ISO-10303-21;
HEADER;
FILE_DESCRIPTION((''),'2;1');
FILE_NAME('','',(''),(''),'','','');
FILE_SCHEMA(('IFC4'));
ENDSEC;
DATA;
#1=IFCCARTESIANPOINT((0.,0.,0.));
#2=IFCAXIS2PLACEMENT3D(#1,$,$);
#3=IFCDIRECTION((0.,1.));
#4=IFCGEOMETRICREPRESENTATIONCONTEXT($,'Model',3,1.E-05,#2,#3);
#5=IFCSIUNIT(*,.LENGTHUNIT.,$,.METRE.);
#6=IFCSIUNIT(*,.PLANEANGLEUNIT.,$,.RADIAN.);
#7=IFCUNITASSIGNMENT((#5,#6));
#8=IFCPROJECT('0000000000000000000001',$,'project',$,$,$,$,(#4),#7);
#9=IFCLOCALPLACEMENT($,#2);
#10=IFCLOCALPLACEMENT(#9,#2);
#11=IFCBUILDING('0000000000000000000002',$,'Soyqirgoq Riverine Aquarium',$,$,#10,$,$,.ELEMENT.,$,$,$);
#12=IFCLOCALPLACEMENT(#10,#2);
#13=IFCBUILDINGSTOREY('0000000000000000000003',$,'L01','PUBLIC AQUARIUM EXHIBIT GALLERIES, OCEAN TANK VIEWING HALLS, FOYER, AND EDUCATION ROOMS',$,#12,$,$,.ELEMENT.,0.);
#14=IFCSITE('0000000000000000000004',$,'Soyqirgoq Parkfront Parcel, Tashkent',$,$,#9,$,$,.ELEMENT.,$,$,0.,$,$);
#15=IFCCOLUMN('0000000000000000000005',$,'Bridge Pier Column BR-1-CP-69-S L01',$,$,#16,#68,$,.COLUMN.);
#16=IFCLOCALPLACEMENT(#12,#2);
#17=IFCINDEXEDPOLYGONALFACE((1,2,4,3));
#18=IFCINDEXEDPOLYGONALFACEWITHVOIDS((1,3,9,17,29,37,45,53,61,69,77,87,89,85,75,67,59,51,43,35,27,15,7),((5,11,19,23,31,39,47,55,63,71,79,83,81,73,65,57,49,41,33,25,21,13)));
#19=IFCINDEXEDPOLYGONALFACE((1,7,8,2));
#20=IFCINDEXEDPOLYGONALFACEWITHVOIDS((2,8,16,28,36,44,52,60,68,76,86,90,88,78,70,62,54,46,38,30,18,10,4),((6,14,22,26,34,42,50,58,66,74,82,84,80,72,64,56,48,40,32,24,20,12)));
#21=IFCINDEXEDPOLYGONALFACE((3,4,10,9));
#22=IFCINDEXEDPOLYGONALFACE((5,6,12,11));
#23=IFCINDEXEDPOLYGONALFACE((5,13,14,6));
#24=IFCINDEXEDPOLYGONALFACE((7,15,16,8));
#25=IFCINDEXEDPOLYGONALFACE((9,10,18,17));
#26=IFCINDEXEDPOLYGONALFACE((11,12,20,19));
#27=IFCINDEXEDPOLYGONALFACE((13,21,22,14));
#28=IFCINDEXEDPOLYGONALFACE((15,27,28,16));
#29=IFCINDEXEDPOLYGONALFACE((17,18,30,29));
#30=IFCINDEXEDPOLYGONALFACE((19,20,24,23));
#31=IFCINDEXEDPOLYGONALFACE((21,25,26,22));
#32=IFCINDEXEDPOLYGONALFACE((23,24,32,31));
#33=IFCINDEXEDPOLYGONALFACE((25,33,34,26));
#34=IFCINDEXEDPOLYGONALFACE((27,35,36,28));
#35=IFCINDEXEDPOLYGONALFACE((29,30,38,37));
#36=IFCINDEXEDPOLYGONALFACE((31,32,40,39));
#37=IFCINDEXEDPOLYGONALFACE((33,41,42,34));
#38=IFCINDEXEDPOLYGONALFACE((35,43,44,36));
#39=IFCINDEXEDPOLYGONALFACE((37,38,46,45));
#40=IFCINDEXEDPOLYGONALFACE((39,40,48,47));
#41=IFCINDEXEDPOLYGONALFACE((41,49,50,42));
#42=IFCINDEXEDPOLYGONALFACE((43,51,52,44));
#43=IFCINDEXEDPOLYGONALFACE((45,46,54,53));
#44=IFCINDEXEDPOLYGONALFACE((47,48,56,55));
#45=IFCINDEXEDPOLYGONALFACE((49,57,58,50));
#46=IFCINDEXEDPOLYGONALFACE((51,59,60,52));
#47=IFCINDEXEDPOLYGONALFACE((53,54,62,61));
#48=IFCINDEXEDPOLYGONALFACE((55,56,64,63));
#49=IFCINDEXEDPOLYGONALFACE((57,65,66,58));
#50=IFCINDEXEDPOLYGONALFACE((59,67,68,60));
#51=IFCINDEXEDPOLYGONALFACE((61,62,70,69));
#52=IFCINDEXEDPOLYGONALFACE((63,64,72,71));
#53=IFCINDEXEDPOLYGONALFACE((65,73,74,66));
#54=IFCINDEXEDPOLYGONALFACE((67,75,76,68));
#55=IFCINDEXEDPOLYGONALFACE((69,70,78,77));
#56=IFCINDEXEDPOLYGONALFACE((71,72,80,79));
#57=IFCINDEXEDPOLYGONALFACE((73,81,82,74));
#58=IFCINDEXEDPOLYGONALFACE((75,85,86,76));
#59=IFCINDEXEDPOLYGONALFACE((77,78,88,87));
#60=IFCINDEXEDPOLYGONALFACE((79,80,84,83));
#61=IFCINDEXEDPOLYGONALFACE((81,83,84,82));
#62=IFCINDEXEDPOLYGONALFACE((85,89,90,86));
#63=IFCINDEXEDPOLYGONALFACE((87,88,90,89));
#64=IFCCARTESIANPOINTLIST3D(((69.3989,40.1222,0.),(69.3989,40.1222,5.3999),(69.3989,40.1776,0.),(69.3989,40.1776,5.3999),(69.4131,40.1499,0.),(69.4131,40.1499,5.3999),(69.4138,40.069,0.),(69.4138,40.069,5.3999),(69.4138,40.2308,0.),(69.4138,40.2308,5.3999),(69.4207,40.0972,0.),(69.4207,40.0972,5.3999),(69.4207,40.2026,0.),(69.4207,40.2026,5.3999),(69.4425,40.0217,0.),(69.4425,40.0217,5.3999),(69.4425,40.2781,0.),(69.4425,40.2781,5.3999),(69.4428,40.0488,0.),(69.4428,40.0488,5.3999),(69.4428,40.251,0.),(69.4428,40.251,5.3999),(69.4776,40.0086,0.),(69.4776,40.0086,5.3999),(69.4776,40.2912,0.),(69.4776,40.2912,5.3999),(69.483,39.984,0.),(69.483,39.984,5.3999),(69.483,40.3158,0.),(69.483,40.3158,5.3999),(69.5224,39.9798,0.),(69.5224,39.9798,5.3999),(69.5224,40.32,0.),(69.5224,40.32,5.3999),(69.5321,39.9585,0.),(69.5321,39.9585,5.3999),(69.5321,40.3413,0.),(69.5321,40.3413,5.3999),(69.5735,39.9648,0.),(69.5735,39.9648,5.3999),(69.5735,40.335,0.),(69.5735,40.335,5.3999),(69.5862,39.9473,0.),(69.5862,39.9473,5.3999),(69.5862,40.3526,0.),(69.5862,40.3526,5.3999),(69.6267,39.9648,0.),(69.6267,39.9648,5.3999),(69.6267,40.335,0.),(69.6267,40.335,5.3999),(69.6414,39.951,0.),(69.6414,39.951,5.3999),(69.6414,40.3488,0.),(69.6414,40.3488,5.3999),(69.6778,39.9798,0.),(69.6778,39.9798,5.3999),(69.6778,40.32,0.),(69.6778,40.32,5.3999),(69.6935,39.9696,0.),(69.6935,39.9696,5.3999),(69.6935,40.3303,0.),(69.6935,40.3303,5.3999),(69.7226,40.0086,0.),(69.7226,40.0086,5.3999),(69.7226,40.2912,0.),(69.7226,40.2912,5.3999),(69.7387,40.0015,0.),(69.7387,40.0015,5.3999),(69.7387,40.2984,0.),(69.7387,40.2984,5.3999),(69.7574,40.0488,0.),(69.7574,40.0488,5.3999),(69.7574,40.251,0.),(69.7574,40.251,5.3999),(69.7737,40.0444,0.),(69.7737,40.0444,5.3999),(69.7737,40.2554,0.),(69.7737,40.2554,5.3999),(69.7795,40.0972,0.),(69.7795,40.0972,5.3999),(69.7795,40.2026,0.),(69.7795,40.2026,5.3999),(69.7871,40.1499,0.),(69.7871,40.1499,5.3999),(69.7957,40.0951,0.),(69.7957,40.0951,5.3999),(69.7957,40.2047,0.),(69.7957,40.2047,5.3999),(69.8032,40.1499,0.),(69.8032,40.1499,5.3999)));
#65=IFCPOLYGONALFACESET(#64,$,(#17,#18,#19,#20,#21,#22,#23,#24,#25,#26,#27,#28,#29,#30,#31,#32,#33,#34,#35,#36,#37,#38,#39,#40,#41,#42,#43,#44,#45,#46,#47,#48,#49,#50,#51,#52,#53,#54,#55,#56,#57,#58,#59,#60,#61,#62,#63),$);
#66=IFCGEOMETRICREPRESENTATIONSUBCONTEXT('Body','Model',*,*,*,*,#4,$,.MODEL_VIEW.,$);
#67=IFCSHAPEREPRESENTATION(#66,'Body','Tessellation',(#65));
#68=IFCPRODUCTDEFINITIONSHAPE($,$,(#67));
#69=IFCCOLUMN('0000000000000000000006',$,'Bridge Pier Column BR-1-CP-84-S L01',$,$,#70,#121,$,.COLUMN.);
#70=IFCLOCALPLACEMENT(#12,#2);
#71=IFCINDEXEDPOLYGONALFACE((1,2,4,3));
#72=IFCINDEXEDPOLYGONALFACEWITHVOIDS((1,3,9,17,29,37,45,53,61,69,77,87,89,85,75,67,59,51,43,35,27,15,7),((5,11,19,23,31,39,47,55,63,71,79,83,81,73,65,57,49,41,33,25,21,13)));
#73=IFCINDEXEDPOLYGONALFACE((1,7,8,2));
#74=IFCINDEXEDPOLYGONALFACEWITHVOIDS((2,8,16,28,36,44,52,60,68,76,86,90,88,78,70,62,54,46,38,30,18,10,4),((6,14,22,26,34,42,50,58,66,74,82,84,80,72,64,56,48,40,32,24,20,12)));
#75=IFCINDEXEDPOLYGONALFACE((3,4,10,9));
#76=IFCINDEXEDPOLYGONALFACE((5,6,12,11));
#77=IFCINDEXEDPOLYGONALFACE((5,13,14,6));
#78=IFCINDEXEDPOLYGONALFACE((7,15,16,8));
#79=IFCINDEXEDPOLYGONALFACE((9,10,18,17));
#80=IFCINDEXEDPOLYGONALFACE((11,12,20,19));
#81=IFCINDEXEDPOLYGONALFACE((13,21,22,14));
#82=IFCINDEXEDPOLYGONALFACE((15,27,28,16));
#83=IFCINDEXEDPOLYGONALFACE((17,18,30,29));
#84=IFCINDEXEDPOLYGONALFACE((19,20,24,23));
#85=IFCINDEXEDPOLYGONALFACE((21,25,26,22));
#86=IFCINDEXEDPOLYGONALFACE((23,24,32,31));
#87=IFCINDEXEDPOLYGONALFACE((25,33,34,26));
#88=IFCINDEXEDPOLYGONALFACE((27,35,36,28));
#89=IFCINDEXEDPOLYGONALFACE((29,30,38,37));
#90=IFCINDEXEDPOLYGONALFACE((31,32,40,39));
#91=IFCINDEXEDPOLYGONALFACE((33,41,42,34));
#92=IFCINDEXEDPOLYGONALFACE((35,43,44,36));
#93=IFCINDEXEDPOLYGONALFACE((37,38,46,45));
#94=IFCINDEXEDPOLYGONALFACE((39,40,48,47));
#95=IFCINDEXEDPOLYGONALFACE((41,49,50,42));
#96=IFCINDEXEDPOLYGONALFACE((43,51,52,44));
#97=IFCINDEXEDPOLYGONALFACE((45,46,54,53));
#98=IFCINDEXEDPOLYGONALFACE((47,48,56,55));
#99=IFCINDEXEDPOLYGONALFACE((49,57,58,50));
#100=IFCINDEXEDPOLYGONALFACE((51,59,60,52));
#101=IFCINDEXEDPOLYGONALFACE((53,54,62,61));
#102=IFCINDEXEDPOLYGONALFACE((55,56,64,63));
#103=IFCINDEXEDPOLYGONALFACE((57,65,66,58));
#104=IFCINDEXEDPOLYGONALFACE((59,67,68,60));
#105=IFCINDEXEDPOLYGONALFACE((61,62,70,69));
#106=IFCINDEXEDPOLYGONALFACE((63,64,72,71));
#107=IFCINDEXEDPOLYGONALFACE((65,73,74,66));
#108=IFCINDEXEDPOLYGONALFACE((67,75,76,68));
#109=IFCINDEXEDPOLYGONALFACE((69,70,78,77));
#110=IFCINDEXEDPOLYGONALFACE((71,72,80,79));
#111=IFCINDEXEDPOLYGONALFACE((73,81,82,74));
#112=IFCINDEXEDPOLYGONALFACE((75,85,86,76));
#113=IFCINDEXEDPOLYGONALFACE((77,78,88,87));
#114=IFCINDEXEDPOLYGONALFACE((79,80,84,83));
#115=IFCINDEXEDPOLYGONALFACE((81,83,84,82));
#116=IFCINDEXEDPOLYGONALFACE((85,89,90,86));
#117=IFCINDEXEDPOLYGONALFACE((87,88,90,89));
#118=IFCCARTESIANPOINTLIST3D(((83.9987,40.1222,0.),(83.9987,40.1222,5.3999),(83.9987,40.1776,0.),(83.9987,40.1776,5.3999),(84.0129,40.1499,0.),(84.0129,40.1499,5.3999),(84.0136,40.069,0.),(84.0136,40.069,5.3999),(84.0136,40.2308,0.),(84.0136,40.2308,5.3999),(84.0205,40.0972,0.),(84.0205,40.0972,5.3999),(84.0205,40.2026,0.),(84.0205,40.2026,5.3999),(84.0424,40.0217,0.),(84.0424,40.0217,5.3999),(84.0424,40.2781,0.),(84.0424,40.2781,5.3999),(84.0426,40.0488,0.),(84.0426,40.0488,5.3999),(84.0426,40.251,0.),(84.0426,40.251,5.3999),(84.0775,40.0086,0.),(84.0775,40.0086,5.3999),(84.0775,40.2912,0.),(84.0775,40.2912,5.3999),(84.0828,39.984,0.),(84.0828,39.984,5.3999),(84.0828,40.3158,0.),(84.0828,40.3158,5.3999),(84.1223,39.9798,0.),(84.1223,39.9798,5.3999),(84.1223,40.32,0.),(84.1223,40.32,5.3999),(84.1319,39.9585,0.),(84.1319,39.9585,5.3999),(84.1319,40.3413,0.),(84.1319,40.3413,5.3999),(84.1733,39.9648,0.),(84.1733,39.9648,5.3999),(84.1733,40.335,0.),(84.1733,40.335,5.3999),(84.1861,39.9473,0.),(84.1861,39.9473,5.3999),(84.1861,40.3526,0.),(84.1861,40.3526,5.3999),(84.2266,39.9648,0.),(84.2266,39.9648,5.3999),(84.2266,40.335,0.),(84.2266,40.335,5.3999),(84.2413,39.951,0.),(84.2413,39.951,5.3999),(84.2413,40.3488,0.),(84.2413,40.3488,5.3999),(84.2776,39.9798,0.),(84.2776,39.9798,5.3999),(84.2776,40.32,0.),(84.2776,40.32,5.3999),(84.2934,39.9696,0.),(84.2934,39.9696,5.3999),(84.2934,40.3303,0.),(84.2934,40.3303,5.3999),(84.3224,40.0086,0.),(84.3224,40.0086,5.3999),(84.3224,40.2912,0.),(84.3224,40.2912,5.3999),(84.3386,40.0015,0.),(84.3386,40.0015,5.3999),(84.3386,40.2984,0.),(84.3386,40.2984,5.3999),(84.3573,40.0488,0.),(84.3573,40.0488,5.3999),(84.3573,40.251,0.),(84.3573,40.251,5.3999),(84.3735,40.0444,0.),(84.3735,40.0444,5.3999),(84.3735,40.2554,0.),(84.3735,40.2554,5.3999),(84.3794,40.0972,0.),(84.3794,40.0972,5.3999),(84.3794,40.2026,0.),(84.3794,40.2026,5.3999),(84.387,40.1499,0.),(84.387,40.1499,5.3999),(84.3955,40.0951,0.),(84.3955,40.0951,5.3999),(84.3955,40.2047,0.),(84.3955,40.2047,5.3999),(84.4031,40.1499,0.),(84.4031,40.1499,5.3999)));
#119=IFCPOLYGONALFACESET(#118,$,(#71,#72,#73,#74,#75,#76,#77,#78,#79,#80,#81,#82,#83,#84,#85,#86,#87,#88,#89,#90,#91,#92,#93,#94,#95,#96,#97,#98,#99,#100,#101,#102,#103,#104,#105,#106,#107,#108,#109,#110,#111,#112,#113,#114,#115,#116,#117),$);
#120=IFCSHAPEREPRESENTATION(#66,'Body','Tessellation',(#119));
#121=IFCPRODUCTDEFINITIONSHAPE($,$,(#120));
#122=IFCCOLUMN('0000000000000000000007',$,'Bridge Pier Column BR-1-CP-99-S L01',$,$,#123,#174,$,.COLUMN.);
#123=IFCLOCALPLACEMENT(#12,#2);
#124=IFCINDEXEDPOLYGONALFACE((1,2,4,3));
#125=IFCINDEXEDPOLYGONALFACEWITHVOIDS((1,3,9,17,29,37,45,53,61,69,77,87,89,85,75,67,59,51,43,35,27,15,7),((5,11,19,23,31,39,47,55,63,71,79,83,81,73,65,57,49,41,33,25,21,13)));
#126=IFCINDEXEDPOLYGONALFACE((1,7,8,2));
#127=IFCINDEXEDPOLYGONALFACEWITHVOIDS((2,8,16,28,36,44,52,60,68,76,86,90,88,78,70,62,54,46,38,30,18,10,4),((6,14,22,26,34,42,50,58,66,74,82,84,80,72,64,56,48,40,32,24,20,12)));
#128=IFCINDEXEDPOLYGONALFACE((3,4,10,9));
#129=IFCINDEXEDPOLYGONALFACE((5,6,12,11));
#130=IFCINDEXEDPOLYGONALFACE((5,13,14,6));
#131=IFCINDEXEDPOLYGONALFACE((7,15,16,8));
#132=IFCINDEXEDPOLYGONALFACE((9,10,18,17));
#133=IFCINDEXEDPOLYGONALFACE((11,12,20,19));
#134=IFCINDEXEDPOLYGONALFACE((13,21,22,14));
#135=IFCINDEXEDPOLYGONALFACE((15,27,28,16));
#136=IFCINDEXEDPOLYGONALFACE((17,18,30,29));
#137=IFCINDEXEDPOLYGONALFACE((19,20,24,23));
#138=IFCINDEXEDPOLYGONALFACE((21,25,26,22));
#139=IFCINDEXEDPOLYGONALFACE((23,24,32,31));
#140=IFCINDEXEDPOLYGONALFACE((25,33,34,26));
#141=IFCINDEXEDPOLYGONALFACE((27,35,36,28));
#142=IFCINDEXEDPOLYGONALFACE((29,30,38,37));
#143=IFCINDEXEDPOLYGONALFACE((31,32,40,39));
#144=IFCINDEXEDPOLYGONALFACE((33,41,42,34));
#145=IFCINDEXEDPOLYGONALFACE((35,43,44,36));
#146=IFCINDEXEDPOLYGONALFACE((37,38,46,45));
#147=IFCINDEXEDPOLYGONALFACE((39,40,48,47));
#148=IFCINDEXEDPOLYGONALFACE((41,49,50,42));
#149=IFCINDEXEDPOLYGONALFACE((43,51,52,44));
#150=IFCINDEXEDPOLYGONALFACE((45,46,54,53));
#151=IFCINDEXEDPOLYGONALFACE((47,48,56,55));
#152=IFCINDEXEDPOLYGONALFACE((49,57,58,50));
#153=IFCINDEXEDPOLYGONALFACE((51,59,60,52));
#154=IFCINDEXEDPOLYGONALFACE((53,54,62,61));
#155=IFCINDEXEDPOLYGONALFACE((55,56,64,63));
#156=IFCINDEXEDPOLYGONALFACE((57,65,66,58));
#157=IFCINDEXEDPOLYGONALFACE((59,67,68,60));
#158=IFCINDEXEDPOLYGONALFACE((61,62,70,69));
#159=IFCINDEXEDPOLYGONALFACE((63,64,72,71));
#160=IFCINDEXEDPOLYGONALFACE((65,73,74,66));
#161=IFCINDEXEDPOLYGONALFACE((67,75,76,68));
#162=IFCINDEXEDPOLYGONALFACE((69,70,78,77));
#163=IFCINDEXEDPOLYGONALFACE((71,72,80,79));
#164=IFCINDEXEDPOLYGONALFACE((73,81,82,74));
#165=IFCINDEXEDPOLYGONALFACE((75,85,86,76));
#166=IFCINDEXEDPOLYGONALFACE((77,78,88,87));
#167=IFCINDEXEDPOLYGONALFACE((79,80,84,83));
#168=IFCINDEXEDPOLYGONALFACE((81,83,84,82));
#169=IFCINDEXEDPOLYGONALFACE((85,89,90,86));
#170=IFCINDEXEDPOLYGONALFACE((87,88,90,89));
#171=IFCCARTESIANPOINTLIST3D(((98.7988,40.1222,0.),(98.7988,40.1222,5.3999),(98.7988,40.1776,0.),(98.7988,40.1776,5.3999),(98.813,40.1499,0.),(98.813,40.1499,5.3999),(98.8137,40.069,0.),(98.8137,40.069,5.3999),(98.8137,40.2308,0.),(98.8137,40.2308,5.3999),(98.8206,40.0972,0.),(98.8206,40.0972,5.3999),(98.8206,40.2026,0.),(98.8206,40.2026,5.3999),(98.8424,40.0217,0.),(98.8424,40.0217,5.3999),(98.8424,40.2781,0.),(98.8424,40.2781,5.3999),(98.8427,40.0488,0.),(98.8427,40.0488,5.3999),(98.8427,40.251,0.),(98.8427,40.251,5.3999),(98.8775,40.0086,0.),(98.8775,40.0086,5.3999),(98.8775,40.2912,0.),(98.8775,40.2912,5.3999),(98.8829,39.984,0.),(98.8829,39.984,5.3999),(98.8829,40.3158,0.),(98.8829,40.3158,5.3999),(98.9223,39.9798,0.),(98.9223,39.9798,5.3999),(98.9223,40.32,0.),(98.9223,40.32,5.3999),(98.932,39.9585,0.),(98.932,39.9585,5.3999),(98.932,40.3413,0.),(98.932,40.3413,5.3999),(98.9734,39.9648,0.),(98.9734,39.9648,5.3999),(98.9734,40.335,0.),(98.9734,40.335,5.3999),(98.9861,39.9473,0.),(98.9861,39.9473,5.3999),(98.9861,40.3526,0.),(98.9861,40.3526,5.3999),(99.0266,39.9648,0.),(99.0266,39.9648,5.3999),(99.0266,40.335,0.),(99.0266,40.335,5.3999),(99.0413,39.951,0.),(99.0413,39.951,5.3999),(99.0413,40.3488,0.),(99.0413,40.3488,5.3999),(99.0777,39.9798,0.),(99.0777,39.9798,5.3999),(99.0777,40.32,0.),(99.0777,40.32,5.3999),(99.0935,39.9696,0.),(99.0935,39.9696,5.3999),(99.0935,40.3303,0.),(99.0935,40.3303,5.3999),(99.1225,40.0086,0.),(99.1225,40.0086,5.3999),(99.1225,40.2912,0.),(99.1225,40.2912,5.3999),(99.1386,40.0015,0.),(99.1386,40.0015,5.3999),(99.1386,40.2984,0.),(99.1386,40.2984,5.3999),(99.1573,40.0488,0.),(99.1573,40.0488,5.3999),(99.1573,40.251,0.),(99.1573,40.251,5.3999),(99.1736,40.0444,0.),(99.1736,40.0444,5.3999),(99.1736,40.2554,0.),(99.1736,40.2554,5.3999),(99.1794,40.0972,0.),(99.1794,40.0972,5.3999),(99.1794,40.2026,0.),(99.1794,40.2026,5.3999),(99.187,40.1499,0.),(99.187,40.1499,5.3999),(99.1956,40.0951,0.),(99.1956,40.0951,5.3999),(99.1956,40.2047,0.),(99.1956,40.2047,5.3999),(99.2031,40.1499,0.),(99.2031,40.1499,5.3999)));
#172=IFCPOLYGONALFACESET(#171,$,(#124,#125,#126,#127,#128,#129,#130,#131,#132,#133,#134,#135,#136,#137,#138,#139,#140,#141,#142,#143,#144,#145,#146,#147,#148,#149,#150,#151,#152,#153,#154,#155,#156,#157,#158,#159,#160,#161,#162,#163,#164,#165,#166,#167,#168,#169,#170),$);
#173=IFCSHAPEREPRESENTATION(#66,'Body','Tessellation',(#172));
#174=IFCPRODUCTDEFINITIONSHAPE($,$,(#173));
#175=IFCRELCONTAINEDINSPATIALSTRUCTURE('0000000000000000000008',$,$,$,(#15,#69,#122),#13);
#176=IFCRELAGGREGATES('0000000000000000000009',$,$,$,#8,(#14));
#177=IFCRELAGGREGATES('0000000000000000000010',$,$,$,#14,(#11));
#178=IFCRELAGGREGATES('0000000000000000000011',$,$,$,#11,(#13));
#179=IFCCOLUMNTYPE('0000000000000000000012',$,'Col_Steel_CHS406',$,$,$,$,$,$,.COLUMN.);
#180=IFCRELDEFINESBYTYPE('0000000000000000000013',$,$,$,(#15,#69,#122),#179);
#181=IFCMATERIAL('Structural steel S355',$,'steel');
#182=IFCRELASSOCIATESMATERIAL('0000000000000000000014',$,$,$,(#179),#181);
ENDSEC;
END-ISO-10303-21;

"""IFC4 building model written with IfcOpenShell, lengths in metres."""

from ifc_helpers import new_model, si_unit, direction, frame, origin, origin_2d, place, context, subcontext, project, spatial, hollow_circle, extrude, material, material_profile, profile_set, type_object, element, save


model = new_model("IFC4")

# Units and contexts
model_context = context("Model", 3, precision=1e-05, world=origin(), true_north=direction((0.0, 1.0)))
body_context = subcontext(model_context, "Body", "Model", "MODEL_VIEW")
ifc_project = project(units=[si_unit("LENGTHUNIT", "METRE"), si_unit("PLANEANGLEUNIT", "RADIAN")], contexts=[model_context])

# Site, building, storey
site_placement = place(None, origin())
site = spatial("IfcSite", under=ifc_project, at=site_placement, Name="Soyqirgoq Parkfront Parcel, Tashkent", CompositionType="ELEMENT", RefElevation=0.0)
building_placement = place(site_placement, origin())
building = spatial("IfcBuilding", under=site, at=building_placement, Name="Soyqirgoq Riverine Aquarium", CompositionType="ELEMENT")
storey_placement = place(building_placement, origin())
storey = spatial("IfcBuildingStorey", under=building, at=storey_placement, Name="L01", Description="PUBLIC AQUARIUM EXHIBIT GALLERIES, OCEAN TANK VIEWING HALLS, FOYER, AND EDUCATION ROOMS", CompositionType="ELEMENT", Elevation=0.0)

# Columns
ifc_material_1 = material(Name="Structural steel S355", Category="steel")
ifc_material_profile_1 = material_profile(ifc_material_1, hollow_circle(Radius=0.2031, WallThickness=0.0161, at=origin_2d()), Name="CHS 406.4x16")
ifc_profile_set_1 = profile_set([ifc_material_profile_1], Name="Structural steel S355")
column_type = type_object("IfcColumnType", Name="Col_Steel_CHS406", PredefinedType="COLUMN", material=ifc_profile_set_1)
for number, where, z_axis, x_axis, name in (
    (1, (69.6001, 40.1499, 0.0), (0.0, 0.0, 1.0), (1.0, 0.0, 0.0), "Bridge Pier Column BR-1-CP-69-S L01"),
    (2, (84.2, 40.1499, 0.0), (0.0, 0.0, 1.0), (1.0, 0.0, 0.0), "Bridge Pier Column BR-1-CP-84-S L01"),
    (3, (99.0, 40.1499, 0.0), (0.0, 0.0, 1.0), (1.0, 0.0, 0.0), "Bridge Pier Column BR-1-CP-99-S L01"),
):
    element("IfcColumn", number, at=place(storey_placement, frame(where, z_axis=z_axis, x_axis=x_axis)), inside=storey, type_object=column_type, Name=name, PredefinedType="COLUMN", context=body_context, shape_type="SweptSolid", body=[
        extrude(hollow_circle(Radius=0.2031, WallThickness=0.0161, at=origin_2d()), origin(), (0.0, 0.0, 1.0), 5.3999),
    ])

save(model, "model.ifc")
